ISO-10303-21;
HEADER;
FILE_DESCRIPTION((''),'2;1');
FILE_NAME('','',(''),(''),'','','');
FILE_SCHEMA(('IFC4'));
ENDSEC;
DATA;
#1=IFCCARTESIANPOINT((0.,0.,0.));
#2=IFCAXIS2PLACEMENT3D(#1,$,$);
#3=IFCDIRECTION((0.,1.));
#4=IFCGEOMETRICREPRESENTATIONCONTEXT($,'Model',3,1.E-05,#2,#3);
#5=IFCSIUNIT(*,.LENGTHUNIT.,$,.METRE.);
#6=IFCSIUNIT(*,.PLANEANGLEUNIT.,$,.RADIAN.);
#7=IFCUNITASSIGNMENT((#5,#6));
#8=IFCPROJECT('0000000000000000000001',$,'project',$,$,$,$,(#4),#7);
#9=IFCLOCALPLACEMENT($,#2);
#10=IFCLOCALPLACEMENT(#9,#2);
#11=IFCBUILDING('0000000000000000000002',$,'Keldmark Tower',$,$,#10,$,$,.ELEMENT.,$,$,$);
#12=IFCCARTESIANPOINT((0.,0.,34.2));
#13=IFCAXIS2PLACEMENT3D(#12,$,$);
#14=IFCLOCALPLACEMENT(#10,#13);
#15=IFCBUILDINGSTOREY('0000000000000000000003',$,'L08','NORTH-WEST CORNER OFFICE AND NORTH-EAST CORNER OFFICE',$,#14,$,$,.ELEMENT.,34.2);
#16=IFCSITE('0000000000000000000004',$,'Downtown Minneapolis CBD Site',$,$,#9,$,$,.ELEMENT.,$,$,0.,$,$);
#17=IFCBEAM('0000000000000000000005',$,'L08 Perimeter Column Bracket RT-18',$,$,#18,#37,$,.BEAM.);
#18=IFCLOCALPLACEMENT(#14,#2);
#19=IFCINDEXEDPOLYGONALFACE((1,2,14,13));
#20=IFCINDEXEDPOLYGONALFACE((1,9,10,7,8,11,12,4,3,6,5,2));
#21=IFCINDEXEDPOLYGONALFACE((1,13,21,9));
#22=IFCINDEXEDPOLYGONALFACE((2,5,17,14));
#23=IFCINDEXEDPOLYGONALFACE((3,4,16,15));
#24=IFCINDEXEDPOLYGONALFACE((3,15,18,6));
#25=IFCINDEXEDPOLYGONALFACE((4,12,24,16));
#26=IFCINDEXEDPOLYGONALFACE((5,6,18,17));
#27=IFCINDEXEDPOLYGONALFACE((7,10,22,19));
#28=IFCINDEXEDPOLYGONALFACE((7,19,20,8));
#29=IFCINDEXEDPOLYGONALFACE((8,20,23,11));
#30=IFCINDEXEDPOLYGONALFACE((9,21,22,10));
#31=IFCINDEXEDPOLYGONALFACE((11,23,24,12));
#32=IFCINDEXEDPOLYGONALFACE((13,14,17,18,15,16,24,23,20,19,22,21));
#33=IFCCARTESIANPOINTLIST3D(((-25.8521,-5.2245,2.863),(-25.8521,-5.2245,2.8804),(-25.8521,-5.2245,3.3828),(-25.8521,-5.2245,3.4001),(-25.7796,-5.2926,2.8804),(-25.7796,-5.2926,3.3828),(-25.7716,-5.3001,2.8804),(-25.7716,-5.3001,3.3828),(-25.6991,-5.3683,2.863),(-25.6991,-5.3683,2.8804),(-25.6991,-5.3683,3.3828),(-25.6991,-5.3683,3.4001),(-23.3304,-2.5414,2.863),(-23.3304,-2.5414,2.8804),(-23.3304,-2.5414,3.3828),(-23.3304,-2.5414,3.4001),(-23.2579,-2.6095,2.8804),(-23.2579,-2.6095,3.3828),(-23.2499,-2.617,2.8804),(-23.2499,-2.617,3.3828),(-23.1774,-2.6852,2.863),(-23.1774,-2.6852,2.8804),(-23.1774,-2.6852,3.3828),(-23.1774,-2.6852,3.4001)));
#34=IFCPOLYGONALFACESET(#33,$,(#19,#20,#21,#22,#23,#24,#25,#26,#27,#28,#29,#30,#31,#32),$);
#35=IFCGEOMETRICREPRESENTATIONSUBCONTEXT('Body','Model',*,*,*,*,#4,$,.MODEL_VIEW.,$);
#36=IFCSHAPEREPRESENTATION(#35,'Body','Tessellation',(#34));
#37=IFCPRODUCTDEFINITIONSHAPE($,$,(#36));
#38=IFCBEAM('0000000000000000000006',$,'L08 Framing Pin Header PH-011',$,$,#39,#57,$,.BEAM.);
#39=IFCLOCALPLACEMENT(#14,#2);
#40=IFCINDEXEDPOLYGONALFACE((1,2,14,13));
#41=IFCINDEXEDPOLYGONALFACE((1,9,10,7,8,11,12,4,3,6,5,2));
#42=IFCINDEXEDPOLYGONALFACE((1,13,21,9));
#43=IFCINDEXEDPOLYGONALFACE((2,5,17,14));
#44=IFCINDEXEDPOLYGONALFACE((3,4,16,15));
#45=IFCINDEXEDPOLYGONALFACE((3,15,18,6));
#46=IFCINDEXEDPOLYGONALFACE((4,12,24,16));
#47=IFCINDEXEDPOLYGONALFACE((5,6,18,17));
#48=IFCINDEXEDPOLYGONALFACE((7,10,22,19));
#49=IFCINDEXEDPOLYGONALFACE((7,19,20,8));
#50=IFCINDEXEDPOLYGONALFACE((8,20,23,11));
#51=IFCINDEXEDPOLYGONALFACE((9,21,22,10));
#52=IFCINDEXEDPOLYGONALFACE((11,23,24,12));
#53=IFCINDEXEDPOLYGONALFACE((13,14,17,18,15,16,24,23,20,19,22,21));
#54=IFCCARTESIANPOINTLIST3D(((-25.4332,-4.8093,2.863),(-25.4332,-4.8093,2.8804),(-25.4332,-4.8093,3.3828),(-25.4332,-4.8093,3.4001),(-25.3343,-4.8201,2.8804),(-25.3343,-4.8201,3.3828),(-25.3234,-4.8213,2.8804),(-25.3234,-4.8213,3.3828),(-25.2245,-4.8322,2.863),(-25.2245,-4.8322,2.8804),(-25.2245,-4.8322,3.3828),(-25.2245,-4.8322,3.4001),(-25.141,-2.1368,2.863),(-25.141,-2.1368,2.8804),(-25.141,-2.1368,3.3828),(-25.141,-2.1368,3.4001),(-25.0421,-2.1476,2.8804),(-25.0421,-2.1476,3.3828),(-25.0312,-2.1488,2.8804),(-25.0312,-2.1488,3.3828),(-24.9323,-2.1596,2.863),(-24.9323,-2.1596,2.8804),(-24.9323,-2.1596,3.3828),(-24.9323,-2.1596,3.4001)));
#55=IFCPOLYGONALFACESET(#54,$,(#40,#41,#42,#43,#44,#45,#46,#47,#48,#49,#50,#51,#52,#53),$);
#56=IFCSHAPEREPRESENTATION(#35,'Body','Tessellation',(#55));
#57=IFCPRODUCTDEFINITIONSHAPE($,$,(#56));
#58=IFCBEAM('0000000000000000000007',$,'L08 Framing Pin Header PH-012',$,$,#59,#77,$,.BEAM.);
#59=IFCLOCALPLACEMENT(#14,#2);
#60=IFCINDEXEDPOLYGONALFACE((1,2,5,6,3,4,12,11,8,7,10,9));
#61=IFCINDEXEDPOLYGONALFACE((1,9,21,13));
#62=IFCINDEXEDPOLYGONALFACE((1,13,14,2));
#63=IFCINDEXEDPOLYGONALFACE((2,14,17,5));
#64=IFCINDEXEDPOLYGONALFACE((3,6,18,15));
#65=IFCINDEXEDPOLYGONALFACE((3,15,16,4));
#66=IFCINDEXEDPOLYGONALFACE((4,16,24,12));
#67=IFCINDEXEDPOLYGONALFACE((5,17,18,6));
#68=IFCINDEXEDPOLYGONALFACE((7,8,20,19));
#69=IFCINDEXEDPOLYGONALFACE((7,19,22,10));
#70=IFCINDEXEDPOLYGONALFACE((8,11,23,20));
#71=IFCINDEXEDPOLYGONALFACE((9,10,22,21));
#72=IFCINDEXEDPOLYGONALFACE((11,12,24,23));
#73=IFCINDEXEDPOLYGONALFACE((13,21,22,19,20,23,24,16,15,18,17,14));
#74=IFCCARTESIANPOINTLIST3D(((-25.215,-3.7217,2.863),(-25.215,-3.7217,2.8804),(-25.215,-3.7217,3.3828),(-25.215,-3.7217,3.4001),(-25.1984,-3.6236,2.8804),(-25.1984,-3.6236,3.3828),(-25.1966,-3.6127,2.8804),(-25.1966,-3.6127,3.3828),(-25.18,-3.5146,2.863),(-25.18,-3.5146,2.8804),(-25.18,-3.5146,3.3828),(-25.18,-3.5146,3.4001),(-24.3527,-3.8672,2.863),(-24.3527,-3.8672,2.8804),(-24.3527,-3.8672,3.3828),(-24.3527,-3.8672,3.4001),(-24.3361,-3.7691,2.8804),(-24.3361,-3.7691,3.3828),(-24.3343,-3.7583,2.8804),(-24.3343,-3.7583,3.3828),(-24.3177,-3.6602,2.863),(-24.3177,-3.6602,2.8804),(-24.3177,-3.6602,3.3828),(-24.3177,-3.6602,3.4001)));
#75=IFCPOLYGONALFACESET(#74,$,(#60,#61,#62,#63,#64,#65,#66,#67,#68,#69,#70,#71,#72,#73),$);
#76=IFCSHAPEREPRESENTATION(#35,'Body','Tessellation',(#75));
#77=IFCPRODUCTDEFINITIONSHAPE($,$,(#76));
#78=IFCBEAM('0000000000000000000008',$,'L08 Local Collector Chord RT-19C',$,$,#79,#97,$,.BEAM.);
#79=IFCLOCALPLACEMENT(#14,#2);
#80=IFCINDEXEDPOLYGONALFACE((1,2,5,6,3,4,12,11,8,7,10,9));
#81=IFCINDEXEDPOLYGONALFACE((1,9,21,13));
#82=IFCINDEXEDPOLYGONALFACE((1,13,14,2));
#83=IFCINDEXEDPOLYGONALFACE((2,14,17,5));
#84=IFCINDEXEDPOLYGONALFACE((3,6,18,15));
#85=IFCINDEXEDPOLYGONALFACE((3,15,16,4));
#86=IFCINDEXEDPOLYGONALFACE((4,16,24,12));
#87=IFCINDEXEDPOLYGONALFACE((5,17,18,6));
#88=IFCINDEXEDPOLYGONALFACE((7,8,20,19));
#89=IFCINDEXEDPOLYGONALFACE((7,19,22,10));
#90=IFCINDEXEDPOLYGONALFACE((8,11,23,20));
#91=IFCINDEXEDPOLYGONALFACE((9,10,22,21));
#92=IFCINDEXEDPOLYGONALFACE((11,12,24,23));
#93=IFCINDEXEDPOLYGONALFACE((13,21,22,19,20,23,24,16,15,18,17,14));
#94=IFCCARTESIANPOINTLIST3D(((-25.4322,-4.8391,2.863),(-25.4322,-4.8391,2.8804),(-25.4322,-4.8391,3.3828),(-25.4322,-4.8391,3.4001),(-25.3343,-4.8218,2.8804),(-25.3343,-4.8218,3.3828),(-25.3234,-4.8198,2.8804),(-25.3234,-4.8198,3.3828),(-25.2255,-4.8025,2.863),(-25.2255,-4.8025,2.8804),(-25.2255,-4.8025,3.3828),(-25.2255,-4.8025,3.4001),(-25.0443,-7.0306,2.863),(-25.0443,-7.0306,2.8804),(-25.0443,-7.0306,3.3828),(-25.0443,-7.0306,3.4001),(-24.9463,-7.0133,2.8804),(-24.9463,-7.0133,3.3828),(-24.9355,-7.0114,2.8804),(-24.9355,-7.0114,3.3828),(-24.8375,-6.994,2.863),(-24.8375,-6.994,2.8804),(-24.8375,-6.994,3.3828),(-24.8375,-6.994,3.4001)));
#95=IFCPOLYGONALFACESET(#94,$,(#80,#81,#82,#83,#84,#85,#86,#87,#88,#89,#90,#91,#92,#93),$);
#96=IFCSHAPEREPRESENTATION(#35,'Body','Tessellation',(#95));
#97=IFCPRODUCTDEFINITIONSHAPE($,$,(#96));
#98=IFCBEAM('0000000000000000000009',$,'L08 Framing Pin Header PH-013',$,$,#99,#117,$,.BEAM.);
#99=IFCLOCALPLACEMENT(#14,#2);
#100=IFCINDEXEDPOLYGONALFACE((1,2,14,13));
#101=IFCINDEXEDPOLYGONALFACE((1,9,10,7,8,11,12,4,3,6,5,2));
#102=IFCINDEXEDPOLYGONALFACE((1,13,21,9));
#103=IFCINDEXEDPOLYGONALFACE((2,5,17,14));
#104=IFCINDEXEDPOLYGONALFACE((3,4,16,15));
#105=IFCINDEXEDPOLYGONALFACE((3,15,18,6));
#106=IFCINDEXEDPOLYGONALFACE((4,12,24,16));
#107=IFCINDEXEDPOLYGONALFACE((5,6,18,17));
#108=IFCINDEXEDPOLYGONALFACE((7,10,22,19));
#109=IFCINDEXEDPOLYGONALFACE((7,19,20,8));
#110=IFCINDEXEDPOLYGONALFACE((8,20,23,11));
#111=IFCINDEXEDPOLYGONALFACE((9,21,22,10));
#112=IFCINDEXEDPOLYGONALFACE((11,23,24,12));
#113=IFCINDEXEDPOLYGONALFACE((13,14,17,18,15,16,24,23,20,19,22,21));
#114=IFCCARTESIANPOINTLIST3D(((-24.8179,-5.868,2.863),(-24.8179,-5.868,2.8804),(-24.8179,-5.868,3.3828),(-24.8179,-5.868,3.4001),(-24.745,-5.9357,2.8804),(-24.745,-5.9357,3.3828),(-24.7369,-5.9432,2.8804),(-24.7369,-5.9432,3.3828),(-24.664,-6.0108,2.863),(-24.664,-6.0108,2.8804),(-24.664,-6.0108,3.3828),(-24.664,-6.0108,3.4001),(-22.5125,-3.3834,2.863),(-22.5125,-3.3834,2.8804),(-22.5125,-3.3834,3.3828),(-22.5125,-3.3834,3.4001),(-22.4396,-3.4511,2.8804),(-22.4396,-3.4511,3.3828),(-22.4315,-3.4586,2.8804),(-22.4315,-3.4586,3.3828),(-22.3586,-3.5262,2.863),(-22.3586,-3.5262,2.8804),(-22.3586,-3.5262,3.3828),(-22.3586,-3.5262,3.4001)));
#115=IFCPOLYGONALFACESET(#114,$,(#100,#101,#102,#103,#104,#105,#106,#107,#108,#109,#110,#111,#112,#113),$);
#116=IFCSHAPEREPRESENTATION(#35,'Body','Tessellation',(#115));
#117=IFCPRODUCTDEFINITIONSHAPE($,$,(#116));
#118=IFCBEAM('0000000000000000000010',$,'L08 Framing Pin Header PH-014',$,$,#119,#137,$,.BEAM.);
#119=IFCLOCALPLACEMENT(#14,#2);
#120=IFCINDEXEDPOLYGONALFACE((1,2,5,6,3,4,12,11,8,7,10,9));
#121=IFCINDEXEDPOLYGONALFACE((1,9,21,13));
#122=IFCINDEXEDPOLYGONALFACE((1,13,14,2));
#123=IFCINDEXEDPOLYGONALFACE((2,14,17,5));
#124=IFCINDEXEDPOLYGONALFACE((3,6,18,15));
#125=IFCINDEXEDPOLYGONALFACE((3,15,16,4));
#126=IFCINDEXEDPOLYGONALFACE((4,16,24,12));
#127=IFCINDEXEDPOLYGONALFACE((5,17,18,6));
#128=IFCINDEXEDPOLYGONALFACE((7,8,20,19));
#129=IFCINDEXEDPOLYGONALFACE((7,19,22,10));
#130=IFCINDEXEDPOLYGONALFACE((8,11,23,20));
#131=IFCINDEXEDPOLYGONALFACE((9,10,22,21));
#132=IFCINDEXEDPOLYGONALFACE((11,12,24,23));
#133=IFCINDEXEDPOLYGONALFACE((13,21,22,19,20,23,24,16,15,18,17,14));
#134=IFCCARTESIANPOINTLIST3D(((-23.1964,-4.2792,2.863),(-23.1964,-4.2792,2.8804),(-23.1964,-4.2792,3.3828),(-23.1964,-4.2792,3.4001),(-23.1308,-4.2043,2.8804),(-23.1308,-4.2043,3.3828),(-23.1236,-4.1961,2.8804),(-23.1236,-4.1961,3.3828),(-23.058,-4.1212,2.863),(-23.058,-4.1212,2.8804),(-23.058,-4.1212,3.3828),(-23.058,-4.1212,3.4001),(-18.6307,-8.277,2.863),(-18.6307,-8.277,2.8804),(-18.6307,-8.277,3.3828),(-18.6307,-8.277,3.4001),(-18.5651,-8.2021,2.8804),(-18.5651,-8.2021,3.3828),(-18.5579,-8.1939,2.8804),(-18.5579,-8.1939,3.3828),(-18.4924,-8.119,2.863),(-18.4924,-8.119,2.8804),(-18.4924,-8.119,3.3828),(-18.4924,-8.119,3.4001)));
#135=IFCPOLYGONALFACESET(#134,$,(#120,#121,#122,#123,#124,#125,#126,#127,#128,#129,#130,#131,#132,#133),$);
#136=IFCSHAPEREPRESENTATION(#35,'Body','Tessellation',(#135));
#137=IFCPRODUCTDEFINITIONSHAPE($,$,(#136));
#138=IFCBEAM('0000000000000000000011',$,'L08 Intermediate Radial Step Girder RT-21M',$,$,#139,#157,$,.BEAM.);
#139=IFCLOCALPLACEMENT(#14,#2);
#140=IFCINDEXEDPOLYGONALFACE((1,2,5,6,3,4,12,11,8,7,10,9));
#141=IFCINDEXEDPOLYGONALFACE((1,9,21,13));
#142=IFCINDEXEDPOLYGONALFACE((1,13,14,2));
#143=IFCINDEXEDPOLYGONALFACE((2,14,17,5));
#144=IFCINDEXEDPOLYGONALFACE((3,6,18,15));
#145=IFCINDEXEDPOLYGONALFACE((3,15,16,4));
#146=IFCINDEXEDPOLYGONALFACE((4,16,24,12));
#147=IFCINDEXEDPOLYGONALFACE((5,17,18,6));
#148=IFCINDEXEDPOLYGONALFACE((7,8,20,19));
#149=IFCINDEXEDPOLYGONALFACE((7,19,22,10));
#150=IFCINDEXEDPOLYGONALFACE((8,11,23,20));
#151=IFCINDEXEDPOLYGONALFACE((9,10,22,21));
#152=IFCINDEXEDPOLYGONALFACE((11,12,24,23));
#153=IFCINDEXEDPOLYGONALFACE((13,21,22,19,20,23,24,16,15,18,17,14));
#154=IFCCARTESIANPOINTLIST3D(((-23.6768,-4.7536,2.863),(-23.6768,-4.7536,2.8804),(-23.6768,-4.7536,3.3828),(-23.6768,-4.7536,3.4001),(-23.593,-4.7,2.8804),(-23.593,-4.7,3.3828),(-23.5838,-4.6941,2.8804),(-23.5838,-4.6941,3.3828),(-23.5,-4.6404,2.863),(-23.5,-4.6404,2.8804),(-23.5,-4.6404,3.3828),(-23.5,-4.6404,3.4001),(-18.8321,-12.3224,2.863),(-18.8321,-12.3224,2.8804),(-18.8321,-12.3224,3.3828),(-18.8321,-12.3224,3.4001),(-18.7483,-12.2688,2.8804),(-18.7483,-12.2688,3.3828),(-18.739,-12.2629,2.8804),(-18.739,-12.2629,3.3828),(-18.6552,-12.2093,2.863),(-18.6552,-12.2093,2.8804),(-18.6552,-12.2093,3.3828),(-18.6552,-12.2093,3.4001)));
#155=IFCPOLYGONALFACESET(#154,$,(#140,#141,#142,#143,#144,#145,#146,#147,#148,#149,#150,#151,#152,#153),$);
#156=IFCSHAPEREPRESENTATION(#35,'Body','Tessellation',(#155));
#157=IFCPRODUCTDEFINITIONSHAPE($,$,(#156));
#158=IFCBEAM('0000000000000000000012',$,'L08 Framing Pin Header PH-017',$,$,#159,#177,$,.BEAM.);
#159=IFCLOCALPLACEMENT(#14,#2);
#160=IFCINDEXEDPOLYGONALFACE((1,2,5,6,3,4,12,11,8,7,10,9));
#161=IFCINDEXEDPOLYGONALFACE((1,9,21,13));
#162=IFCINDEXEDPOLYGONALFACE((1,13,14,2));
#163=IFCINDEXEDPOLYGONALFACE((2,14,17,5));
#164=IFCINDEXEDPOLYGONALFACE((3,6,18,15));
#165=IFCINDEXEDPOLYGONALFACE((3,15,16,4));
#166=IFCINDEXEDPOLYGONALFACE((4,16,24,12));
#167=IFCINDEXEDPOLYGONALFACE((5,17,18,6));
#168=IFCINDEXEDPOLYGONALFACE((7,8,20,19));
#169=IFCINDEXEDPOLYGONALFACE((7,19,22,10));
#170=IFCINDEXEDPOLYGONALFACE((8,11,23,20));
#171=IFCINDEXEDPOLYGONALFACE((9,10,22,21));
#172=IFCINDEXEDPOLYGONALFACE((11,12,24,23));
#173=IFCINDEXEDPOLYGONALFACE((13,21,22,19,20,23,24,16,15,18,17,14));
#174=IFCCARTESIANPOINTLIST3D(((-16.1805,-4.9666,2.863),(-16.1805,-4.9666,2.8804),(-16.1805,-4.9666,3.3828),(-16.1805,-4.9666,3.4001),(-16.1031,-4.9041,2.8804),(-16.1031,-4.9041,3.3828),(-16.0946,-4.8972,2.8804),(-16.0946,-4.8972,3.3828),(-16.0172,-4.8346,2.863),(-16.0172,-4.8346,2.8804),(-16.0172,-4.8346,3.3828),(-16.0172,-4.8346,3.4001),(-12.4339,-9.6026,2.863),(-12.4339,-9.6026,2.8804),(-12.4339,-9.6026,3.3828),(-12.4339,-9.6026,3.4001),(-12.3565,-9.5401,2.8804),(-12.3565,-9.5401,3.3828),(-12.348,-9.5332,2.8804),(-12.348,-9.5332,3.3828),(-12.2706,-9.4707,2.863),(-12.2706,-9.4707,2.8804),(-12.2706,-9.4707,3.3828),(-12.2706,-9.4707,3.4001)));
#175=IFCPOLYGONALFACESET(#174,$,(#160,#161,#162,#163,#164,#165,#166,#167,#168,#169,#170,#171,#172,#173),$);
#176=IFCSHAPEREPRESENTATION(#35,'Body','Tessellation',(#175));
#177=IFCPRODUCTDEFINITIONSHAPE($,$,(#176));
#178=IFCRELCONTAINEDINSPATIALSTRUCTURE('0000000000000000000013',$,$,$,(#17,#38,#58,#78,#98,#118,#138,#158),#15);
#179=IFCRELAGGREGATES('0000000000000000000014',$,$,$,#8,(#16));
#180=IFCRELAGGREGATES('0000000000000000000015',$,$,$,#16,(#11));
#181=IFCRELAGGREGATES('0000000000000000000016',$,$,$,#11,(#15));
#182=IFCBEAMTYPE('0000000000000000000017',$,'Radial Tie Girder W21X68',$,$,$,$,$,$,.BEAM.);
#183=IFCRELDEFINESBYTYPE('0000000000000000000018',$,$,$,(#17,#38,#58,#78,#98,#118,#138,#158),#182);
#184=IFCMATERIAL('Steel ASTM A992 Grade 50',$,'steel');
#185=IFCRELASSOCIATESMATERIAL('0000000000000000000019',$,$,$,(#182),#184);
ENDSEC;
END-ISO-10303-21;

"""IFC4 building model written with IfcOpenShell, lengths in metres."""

from ifc_helpers import new_model, si_unit, direction, frame, origin, origin_2d, place, context, subcontext, project, spatial, i_section, extrude, material, material_profile, profile_set, type_object, element, save


model = new_model("IFC4")

# Units and contexts
model_context = context("Model", 3, precision=1e-05, world=origin(), true_north=direction((0.0, 1.0)))
body_context = subcontext(model_context, "Body", "Model", "MODEL_VIEW")
ifc_project = project(units=[si_unit("LENGTHUNIT", "METRE"), si_unit("PLANEANGLEUNIT", "RADIAN")], contexts=[model_context])

# Site, building, storey
site_placement = place(None, origin())
site = spatial("IfcSite", under=ifc_project, at=site_placement, Name="Downtown Minneapolis CBD Site", CompositionType="ELEMENT", RefElevation=0.0)
building_placement = place(site_placement, origin())
building = spatial("IfcBuilding", under=site, at=building_placement, Name="Keldmark Tower", CompositionType="ELEMENT")
storey_placement = place(building_placement, frame((0.0, 0.0, 34.2)))
storey = spatial("IfcBuildingStorey", under=building, at=storey_placement, Name="L08", Description="NORTH-WEST CORNER OFFICE AND NORTH-EAST CORNER OFFICE", CompositionType="ELEMENT", Elevation=34.2)

# Beams
ifc_material_1 = material(Name="Steel ASTM A992 Grade 50", Category="steel")
ifc_material_profile_1 = material_profile(ifc_material_1, i_section(OverallWidth=0.21, OverallDepth=0.5371, WebThickness=0.011, FlangeThickness=0.0173, at=origin_2d()), Name="W21X68")
ifc_profile_set_1 = profile_set([ifc_material_profile_1], Name="Steel ASTM A992 Grade 50")
beam_type_1 = type_object("IfcBeamType", Name="Radial Tie Girder W21X68", PredefinedType="BEAM", material=ifc_profile_set_1)
beam_1_placement = place(storey_placement, frame((-23.2539, -2.6133, 3.1316), z_axis=(-0.684854, -0.728681, 0.0), x_axis=(0.728681, -0.684854, 0.0)))
element("IfcBeam", 1, at=beam_1_placement, inside=storey, type_object=beam_type_1, Name="L08 Perimeter Column Bracket RT-18", PredefinedType="BEAM", context=body_context, shape_type="SweptSolid", body=[
    extrude(i_section(OverallWidth=0.21, OverallDepth=0.5371, WebThickness=0.011, FlangeThickness=0.0173, at=origin_2d()), origin(), (0.0, 0.0, 1.0), 3.6821),
])
beam_2_placement = place(storey_placement, frame((-25.0366, -2.1482, 3.1316), z_axis=(-0.108697, -0.994075, 0.0), x_axis=(0.994075, -0.108697, 0.0)))
element("IfcBeam", 2, at=beam_2_placement, inside=storey, type_object=beam_type_1, Name="L08 Framing Pin Header PH-011", PredefinedType="BEAM", context=body_context, shape_type="SweptSolid", body=[
    extrude(i_section(OverallWidth=0.21, OverallDepth=0.5371, WebThickness=0.011, FlangeThickness=0.0173, at=origin_2d()), origin(), (0.0, 0.0, 1.0), 2.6885),
])
beam_3_placement = place(storey_placement, frame((-25.1975, -3.6182, 3.1316), z_axis=(0.98606, -0.166391, 0.0), x_axis=(0.166391, 0.98606, 0.0)))
element("IfcBeam", 3, at=beam_3_placement, inside=storey, type_object=beam_type_1, Name="L08 Framing Pin Header PH-012", PredefinedType="BEAM", context=body_context, shape_type="SweptSolid", body=[
    extrude(i_section(OverallWidth=0.21, OverallDepth=0.5371, WebThickness=0.011, FlangeThickness=0.0173, at=origin_2d()), origin(), (0.0, 0.0, 1.0), 0.8745),
])
beam_4_placement = place(storey_placement, frame((-25.3289, -4.8208, 3.1316), z_axis=(0.174317, -0.98469, 0.0), x_axis=(0.98469, 0.174317, 0.0)))
element("IfcBeam", 4, at=beam_4_placement, inside=storey, type_object=beam_type_1, Name="L08 Local Collector Chord RT-19C", PredefinedType="BEAM", context=body_context, shape_type="SweptSolid", body=[
    extrude(i_section(OverallWidth=0.21, OverallDepth=0.5371, WebThickness=0.011, FlangeThickness=0.0173, at=origin_2d()), origin(), (0.0, 0.0, 1.0), 2.2256),
])
beam_5_placement = place(storey_placement, frame((-22.4355, -3.4548, 3.1316), z_axis=(-0.680178, -0.733047, 0.0), x_axis=(0.733047, -0.680178, 0.0)))
element("IfcBeam", 5, at=beam_5_placement, inside=storey, type_object=beam_type_1, Name="L08 Framing Pin Header PH-013", PredefinedType="BEAM", context=body_context, shape_type="SweptSolid", body=[
    extrude(i_section(OverallWidth=0.21, OverallDepth=0.5371, WebThickness=0.011, FlangeThickness=0.0173, at=origin_2d()), origin(), (0.0, 0.0, 1.0), 3.3894),
])
beam_6_placement = place(storey_placement, frame((-23.1272, -4.2002, 3.1316), z_axis=(0.752345, -0.658769, 0.0), x_axis=(0.658769, 0.752345, 0.0)))
element("IfcBeam", 6, at=beam_6_placement, inside=storey, type_object=beam_type_1, Name="L08 Framing Pin Header PH-014", PredefinedType="BEAM", context=body_context, shape_type="SweptSolid", body=[
    extrude(i_section(OverallWidth=0.21, OverallDepth=0.5371, WebThickness=0.011, FlangeThickness=0.0173, at=origin_2d()), origin(), (0.0, 0.0, 1.0), 6.0686),
])
beam_7_placement = place(storey_placement, frame((-23.5884, -4.697, 3.1316), z_axis=(0.539106, -0.842238, 0.0), x_axis=(0.842238, 0.539106, 0.0)))
element("IfcBeam", 7, at=beam_7_placement, inside=storey, type_object=beam_type_1, Name="L08 Intermediate Radial Step Girder RT-21M", PredefinedType="BEAM", context=body_context, shape_type="SweptSolid", body=[
    extrude(i_section(OverallWidth=0.21, OverallDepth=0.5371, WebThickness=0.011, FlangeThickness=0.0173, at=origin_2d()), origin(), (0.0, 0.0, 1.0), 8.9866),
])
beam_8_placement = place(storey_placement, frame((-16.0989, -4.9006, 3.1316), z_axis=(0.628554, -0.777766, 0.0), x_axis=(0.777766, 0.628554, 0.0)))
element("IfcBeam", 8, at=beam_8_placement, inside=storey, type_object=beam_type_1, Name="L08 Framing Pin Header PH-017", PredefinedType="BEAM", context=body_context, shape_type="SweptSolid", body=[
    extrude(i_section(OverallWidth=0.21, OverallDepth=0.5371, WebThickness=0.011, FlangeThickness=0.0173, at=origin_2d()), origin(), (0.0, 0.0, 1.0), 5.9607),
])

save(model, "model.ifc")
